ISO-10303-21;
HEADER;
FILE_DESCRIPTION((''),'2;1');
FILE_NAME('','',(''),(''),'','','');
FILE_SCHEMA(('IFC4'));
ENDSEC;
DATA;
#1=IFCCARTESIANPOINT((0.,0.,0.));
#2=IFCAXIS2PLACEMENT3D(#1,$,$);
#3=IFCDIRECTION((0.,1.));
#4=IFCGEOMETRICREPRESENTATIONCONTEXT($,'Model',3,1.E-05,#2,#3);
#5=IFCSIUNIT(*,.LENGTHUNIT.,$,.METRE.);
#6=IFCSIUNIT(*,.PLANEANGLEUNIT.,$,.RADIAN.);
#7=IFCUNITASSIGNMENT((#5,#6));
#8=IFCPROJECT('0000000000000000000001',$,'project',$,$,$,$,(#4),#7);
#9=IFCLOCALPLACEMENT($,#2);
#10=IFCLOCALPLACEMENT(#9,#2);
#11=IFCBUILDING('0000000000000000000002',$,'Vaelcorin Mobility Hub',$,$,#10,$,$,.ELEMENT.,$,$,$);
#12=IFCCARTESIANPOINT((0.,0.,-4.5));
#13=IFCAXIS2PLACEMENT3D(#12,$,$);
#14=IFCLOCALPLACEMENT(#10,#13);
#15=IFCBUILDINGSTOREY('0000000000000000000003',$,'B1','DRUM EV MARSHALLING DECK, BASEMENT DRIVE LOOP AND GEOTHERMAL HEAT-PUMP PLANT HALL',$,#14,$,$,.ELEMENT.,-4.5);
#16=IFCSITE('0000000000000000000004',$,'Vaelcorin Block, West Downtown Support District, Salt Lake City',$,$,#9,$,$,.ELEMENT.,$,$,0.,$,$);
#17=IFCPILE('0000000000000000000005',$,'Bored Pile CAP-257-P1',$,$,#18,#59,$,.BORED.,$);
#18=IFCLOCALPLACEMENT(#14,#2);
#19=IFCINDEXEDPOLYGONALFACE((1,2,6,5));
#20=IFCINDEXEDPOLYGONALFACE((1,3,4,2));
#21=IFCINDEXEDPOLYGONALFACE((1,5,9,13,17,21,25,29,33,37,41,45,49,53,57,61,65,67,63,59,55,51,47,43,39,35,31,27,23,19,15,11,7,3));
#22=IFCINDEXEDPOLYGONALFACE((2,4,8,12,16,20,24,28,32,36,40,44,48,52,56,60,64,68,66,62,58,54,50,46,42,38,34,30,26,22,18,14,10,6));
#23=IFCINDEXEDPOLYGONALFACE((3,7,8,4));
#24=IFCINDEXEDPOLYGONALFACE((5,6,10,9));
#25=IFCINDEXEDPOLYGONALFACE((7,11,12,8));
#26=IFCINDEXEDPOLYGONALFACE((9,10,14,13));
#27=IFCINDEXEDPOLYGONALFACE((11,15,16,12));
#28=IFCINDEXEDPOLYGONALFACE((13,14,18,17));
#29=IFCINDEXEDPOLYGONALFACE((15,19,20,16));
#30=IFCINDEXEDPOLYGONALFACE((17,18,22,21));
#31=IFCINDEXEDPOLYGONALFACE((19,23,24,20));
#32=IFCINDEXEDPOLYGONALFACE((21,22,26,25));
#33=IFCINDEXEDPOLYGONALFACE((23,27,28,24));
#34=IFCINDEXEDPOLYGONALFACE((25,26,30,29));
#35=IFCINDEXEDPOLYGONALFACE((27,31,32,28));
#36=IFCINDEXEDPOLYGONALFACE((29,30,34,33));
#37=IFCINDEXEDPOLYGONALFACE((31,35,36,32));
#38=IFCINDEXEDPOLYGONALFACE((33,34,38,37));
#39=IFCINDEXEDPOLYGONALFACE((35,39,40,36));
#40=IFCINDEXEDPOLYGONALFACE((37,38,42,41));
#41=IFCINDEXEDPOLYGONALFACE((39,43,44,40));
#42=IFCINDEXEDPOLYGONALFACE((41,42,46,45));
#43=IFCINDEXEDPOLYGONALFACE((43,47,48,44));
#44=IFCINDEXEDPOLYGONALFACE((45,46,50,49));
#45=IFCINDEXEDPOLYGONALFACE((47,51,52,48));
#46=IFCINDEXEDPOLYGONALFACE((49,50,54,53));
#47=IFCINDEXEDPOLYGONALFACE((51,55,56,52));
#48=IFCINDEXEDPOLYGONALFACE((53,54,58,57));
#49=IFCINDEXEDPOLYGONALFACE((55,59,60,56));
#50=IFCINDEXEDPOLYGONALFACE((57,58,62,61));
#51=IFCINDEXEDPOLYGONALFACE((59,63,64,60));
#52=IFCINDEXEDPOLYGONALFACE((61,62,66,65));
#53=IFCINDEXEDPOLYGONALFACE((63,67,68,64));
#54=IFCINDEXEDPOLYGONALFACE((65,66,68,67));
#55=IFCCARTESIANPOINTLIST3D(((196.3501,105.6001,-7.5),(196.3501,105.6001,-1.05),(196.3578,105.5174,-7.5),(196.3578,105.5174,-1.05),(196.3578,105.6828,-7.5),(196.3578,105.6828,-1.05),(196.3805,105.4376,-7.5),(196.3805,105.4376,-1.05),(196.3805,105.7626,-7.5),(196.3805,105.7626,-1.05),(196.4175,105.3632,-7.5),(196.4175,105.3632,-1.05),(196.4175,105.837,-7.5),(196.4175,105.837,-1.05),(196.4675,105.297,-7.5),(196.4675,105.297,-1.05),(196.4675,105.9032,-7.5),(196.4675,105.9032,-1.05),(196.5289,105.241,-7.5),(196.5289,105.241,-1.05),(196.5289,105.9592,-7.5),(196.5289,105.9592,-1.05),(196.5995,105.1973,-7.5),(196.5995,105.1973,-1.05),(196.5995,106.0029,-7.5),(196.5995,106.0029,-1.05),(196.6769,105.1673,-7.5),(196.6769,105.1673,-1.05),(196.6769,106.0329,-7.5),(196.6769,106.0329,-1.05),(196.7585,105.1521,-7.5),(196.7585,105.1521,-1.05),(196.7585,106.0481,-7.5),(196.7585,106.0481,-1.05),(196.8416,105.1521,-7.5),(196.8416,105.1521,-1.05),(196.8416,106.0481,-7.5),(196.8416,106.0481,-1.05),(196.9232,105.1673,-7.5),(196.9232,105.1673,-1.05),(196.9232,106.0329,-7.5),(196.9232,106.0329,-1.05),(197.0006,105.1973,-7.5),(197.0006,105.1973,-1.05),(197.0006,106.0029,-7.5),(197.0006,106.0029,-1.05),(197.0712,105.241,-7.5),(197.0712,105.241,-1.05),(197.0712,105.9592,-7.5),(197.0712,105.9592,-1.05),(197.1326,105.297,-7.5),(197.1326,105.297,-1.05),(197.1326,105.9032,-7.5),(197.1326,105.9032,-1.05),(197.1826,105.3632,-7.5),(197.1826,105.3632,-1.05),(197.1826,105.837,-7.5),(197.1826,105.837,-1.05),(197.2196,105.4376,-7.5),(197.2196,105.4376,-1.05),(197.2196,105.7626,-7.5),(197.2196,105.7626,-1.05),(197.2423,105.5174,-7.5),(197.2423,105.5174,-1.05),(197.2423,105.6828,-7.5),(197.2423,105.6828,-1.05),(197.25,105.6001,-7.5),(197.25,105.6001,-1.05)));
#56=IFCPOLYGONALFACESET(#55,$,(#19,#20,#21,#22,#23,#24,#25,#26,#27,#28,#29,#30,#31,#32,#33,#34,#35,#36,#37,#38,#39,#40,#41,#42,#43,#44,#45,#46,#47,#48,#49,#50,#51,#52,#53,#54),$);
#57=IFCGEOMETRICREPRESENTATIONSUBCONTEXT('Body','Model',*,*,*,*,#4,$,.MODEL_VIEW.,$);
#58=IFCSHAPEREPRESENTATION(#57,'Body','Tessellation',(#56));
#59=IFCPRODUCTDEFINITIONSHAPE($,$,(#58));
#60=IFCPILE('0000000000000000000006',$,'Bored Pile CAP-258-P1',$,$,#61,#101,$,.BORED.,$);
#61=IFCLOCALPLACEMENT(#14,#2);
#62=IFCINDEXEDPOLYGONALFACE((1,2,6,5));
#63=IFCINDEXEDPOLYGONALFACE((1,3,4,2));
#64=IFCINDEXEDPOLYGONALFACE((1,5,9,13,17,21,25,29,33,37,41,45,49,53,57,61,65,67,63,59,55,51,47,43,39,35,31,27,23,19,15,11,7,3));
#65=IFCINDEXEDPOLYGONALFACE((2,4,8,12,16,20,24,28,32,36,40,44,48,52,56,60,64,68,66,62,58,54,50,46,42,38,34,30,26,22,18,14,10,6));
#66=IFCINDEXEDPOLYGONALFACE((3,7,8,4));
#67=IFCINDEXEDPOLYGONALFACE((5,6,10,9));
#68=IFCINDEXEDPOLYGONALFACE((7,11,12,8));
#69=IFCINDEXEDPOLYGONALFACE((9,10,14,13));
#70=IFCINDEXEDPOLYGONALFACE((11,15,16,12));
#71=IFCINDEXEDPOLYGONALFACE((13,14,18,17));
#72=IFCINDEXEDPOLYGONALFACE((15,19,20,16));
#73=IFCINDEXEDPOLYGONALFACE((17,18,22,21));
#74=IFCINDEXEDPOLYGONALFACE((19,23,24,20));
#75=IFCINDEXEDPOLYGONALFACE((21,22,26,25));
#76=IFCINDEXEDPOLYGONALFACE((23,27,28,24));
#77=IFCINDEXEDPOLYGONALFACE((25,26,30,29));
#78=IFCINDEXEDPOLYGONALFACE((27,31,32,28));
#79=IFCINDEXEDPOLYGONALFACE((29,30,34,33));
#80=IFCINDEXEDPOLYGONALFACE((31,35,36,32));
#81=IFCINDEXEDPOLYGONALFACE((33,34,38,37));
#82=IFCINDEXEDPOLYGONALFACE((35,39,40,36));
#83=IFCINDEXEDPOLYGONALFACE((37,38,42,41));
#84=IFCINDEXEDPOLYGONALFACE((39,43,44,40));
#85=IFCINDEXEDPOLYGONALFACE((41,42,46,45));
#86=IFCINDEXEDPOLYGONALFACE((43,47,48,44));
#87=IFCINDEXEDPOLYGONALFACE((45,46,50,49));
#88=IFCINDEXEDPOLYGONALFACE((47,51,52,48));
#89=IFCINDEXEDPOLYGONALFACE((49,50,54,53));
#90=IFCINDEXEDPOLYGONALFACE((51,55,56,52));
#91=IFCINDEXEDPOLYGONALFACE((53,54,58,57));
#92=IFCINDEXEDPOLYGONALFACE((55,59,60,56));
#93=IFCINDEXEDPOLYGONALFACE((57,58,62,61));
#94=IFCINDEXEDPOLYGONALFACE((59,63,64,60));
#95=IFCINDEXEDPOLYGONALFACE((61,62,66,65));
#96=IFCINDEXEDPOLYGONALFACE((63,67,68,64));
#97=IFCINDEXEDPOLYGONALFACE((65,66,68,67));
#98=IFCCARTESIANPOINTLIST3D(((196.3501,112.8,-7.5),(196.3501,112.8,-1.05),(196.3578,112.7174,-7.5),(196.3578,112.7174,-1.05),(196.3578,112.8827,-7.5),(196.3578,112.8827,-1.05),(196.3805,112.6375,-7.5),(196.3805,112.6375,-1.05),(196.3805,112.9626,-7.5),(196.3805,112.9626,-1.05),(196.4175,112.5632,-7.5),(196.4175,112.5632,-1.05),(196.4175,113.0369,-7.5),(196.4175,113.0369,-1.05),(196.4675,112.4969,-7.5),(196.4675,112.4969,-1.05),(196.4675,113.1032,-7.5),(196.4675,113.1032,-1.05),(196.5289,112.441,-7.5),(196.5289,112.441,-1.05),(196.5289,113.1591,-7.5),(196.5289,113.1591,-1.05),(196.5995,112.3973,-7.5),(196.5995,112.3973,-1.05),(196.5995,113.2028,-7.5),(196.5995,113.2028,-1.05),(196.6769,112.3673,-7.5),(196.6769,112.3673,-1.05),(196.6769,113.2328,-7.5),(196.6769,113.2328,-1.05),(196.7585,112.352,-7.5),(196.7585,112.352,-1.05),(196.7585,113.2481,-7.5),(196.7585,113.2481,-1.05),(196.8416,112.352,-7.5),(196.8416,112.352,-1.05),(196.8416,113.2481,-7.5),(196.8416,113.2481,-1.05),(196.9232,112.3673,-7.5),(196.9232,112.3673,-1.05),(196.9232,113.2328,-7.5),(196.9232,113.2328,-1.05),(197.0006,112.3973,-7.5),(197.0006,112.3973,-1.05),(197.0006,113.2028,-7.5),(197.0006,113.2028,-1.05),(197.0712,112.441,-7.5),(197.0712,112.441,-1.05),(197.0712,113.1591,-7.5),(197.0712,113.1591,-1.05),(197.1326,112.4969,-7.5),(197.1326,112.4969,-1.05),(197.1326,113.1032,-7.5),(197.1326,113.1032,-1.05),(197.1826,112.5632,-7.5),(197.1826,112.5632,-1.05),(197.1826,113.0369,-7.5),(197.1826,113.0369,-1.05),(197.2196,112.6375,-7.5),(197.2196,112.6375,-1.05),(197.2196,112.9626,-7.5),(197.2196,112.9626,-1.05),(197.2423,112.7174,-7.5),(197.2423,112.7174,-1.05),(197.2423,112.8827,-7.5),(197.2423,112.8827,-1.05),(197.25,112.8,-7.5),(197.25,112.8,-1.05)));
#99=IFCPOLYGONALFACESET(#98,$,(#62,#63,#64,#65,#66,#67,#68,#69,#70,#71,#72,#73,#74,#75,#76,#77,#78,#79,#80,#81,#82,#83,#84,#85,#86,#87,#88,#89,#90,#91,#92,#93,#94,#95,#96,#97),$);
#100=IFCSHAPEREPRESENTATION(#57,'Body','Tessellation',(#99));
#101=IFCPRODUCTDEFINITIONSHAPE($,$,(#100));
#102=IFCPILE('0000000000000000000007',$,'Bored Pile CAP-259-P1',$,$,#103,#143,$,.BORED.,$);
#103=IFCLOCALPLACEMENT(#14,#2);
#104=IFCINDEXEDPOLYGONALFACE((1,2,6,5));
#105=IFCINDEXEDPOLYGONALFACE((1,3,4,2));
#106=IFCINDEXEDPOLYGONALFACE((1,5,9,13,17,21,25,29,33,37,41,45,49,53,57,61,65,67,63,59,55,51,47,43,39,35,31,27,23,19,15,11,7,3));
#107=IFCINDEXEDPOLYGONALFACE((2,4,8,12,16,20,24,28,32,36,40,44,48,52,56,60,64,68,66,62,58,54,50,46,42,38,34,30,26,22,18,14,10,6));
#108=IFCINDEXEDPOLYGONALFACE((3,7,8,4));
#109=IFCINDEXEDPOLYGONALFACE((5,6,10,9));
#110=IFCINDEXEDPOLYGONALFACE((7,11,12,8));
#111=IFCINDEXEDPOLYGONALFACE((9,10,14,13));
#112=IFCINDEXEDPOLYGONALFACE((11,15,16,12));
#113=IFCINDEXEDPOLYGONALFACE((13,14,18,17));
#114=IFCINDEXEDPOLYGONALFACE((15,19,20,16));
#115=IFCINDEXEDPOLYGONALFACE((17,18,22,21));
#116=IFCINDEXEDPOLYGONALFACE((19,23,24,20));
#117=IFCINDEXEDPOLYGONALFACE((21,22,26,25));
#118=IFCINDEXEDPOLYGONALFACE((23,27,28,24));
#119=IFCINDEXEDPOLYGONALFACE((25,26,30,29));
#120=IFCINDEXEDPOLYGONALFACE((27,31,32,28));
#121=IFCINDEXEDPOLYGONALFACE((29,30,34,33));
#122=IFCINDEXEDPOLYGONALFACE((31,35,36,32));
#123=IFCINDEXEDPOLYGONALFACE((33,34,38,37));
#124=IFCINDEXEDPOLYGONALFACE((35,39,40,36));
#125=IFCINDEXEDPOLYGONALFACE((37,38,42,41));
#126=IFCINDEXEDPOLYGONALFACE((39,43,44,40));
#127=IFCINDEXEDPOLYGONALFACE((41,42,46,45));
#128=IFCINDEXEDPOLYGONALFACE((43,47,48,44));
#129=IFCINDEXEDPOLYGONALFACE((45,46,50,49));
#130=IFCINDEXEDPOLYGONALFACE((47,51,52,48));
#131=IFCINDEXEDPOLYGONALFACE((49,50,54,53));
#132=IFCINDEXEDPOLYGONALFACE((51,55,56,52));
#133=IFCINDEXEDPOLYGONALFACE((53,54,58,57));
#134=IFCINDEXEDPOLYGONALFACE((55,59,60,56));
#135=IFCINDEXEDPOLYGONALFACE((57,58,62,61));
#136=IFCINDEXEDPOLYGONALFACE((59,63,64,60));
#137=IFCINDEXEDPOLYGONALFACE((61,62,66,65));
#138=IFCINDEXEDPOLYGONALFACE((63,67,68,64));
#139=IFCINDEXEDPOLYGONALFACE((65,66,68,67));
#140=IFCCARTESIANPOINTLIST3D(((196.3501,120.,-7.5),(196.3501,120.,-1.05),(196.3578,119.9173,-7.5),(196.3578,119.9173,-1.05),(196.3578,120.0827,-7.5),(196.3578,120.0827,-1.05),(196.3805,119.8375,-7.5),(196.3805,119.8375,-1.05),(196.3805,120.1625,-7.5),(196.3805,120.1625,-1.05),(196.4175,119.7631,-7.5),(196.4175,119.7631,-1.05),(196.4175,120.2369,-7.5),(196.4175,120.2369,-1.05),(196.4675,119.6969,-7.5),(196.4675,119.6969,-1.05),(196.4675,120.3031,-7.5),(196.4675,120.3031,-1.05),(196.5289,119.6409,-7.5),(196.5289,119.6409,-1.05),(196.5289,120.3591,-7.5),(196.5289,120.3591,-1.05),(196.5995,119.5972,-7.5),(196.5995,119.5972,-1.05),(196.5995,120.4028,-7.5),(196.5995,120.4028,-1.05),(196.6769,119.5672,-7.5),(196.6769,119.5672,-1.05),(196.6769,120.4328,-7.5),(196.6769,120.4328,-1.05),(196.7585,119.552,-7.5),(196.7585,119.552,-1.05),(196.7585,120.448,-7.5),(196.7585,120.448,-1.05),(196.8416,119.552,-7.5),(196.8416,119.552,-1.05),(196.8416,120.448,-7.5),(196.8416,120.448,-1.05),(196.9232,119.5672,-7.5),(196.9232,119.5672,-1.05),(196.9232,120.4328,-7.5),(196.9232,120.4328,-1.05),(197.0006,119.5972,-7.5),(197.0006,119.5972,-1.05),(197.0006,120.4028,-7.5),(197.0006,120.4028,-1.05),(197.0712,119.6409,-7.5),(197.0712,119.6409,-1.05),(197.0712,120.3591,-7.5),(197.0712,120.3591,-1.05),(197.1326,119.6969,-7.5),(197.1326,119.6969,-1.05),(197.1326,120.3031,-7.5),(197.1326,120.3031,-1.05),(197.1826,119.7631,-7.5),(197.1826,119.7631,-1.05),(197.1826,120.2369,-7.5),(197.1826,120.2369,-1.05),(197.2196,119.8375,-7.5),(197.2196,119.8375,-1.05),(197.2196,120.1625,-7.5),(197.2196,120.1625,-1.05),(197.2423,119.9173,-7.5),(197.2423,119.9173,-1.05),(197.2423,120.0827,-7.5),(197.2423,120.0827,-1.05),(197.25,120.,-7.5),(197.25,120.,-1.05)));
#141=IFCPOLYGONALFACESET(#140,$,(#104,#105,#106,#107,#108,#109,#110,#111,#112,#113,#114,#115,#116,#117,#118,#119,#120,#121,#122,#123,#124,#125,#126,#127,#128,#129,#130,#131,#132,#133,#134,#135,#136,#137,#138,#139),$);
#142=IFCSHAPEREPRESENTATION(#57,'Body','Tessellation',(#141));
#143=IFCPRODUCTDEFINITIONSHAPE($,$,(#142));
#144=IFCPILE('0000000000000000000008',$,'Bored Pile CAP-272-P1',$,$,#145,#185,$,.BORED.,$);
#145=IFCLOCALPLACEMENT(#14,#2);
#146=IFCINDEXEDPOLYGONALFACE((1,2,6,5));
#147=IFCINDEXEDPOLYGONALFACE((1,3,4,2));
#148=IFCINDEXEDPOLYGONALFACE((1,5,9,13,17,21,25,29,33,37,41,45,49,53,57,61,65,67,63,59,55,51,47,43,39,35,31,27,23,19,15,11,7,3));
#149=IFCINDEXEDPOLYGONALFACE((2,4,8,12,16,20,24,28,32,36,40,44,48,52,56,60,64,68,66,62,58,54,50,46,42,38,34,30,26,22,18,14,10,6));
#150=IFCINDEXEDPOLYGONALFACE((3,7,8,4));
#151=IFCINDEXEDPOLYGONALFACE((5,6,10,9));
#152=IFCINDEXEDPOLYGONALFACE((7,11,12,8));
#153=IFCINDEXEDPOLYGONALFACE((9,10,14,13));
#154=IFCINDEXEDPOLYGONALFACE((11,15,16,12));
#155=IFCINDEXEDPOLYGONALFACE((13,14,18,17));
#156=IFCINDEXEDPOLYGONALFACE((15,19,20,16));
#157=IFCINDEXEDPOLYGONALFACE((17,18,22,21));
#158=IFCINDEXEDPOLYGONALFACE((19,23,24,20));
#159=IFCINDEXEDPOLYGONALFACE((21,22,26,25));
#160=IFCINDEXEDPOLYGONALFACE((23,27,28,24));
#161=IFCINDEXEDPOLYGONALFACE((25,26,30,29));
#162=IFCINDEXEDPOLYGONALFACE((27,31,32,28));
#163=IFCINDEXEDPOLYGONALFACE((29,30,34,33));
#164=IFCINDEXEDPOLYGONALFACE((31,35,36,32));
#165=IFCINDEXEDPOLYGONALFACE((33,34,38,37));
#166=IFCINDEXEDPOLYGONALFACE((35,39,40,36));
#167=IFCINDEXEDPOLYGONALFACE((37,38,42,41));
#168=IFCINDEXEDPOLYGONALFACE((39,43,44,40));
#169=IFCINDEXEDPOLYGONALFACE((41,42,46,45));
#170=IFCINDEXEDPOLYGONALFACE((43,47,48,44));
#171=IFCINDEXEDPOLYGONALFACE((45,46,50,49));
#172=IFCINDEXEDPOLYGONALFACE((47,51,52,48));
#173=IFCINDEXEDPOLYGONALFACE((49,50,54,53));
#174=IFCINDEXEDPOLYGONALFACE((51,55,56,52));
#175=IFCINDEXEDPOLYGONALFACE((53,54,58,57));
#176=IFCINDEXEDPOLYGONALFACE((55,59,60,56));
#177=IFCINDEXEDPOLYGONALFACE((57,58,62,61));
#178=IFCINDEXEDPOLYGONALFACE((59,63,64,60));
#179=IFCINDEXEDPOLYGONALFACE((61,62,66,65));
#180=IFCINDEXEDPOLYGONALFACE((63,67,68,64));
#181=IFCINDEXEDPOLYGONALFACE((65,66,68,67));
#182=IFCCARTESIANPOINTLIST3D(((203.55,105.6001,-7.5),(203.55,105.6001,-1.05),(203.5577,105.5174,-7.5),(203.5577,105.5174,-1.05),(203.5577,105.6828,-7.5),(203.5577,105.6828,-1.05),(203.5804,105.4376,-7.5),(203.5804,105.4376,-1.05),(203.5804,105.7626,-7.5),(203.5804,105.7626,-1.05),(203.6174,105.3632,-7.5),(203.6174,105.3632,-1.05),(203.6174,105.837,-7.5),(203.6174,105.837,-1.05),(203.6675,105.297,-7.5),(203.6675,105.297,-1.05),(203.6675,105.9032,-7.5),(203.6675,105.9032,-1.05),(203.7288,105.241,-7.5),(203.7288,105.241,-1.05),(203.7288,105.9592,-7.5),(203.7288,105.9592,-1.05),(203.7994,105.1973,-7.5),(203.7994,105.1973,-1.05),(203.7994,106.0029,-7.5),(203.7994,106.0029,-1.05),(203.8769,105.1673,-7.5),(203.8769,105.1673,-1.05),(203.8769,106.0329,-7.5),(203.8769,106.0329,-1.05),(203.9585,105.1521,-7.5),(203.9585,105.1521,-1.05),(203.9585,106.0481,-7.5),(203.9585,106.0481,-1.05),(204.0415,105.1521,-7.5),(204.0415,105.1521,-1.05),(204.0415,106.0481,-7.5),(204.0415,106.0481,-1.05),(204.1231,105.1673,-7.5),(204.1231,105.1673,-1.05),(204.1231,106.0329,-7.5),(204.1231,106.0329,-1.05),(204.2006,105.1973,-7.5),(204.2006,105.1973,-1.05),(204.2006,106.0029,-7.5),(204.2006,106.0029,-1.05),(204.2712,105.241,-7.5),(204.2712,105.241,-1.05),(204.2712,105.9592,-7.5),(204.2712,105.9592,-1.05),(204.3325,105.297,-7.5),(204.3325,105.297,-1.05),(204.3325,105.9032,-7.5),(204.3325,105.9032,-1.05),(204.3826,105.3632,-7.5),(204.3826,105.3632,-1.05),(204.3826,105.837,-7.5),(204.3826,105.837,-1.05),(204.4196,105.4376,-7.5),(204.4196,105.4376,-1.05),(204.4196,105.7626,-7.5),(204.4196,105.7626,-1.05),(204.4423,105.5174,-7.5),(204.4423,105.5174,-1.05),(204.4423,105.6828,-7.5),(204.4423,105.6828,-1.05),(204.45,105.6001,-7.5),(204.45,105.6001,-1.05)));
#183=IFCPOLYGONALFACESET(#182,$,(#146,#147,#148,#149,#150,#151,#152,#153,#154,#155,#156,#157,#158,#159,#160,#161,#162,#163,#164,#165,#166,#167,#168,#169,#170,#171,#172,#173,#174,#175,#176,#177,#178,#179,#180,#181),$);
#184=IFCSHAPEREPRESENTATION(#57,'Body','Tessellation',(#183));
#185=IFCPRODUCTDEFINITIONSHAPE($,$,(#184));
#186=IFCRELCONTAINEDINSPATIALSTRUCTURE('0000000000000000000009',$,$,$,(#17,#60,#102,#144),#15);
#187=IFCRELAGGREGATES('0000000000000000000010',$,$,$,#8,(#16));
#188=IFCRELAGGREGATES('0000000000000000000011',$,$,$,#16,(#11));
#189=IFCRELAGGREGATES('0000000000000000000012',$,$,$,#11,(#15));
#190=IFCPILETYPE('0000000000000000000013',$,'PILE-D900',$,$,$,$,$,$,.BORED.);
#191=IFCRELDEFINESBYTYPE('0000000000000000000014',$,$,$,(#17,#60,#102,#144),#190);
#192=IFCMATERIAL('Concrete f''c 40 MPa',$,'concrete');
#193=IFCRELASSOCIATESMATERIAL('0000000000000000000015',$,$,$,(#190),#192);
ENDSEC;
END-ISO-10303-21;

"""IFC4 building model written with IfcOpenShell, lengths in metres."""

from ifc_helpers import new_model, si_unit, direction, frame, origin, origin_2d, place, context, subcontext, project, spatial, circle, extrude, material, material_profile, profile_set, type_object, element, save


model = new_model("IFC4")

# Units and contexts
model_context = context("Model", 3, precision=1e-05, world=origin(), true_north=direction((0.0, 1.0)))
body_context = subcontext(model_context, "Body", "Model", "MODEL_VIEW")
ifc_project = project(units=[si_unit("LENGTHUNIT", "METRE"), si_unit("PLANEANGLEUNIT", "RADIAN")], contexts=[model_context])

# Site, building, storey
site_placement = place(None, origin())
site = spatial("IfcSite", under=ifc_project, at=site_placement, Name="Vaelcorin Block, West Downtown Support District, Salt Lake City", CompositionType="ELEMENT", RefElevation=0.0)
building_placement = place(site_placement, origin())
building = spatial("IfcBuilding", under=site, at=building_placement, Name="Vaelcorin Mobility Hub", CompositionType="ELEMENT")
storey_placement = place(building_placement, frame((0.0, 0.0, -4.5)))
storey = spatial("IfcBuildingStorey", under=building, at=storey_placement, Name="B1", Description="DRUM EV MARSHALLING DECK, BASEMENT DRIVE LOOP AND GEOTHERMAL HEAT-PUMP PLANT HALL", CompositionType="ELEMENT", Elevation=-4.5)

# Shared definitions
ifc_material_1 = material(Name="Concrete f'c 40 MPa", Category="concrete")

# Piles
ifc_material_profile_1 = material_profile(ifc_material_1, circle(Radius=0.45, at=origin_2d()), Name="BP-D900")
ifc_profile_set_1 = profile_set([ifc_material_profile_1], Name="Concrete f'c 40 MPa")
pile_type_1 = type_object("IfcPileType", Name="PILE-D900", PredefinedType="BORED", material=ifc_profile_set_1)
for number, where, z_axis, x_axis, name in (
    (1, (196.8, 105.6001, -1.05), (0.0, 0.0, -1.0), (1.0, 0.0, 0.0), "Bored Pile CAP-257-P1"),
    (2, (196.8, 112.8, -1.05), (0.0, 0.0, -1.0), (1.0, 0.0, 0.0), "Bored Pile CAP-258-P1"),
    (3, (196.8, 120.0, -1.05), (0.0, 0.0, -1.0), (1.0, 0.0, 0.0), "Bored Pile CAP-259-P1"),
    (4, (204.0, 105.6001, -1.05), (0.0, 0.0, -1.0), (1.0, 0.0, 0.0), "Bored Pile CAP-272-P1"),
):
    element("IfcPile", number, at=place(storey_placement, frame(where, z_axis=z_axis, x_axis=x_axis)), inside=storey, type_object=pile_type_1, Name=name, PredefinedType="BORED", context=body_context, shape_type="SweptSolid", body=[
        extrude(circle(Radius=0.45, at=origin_2d()), origin(), (0.0, 0.0, 1.0), 6.45),
    ])

save(model, "model.ifc")
